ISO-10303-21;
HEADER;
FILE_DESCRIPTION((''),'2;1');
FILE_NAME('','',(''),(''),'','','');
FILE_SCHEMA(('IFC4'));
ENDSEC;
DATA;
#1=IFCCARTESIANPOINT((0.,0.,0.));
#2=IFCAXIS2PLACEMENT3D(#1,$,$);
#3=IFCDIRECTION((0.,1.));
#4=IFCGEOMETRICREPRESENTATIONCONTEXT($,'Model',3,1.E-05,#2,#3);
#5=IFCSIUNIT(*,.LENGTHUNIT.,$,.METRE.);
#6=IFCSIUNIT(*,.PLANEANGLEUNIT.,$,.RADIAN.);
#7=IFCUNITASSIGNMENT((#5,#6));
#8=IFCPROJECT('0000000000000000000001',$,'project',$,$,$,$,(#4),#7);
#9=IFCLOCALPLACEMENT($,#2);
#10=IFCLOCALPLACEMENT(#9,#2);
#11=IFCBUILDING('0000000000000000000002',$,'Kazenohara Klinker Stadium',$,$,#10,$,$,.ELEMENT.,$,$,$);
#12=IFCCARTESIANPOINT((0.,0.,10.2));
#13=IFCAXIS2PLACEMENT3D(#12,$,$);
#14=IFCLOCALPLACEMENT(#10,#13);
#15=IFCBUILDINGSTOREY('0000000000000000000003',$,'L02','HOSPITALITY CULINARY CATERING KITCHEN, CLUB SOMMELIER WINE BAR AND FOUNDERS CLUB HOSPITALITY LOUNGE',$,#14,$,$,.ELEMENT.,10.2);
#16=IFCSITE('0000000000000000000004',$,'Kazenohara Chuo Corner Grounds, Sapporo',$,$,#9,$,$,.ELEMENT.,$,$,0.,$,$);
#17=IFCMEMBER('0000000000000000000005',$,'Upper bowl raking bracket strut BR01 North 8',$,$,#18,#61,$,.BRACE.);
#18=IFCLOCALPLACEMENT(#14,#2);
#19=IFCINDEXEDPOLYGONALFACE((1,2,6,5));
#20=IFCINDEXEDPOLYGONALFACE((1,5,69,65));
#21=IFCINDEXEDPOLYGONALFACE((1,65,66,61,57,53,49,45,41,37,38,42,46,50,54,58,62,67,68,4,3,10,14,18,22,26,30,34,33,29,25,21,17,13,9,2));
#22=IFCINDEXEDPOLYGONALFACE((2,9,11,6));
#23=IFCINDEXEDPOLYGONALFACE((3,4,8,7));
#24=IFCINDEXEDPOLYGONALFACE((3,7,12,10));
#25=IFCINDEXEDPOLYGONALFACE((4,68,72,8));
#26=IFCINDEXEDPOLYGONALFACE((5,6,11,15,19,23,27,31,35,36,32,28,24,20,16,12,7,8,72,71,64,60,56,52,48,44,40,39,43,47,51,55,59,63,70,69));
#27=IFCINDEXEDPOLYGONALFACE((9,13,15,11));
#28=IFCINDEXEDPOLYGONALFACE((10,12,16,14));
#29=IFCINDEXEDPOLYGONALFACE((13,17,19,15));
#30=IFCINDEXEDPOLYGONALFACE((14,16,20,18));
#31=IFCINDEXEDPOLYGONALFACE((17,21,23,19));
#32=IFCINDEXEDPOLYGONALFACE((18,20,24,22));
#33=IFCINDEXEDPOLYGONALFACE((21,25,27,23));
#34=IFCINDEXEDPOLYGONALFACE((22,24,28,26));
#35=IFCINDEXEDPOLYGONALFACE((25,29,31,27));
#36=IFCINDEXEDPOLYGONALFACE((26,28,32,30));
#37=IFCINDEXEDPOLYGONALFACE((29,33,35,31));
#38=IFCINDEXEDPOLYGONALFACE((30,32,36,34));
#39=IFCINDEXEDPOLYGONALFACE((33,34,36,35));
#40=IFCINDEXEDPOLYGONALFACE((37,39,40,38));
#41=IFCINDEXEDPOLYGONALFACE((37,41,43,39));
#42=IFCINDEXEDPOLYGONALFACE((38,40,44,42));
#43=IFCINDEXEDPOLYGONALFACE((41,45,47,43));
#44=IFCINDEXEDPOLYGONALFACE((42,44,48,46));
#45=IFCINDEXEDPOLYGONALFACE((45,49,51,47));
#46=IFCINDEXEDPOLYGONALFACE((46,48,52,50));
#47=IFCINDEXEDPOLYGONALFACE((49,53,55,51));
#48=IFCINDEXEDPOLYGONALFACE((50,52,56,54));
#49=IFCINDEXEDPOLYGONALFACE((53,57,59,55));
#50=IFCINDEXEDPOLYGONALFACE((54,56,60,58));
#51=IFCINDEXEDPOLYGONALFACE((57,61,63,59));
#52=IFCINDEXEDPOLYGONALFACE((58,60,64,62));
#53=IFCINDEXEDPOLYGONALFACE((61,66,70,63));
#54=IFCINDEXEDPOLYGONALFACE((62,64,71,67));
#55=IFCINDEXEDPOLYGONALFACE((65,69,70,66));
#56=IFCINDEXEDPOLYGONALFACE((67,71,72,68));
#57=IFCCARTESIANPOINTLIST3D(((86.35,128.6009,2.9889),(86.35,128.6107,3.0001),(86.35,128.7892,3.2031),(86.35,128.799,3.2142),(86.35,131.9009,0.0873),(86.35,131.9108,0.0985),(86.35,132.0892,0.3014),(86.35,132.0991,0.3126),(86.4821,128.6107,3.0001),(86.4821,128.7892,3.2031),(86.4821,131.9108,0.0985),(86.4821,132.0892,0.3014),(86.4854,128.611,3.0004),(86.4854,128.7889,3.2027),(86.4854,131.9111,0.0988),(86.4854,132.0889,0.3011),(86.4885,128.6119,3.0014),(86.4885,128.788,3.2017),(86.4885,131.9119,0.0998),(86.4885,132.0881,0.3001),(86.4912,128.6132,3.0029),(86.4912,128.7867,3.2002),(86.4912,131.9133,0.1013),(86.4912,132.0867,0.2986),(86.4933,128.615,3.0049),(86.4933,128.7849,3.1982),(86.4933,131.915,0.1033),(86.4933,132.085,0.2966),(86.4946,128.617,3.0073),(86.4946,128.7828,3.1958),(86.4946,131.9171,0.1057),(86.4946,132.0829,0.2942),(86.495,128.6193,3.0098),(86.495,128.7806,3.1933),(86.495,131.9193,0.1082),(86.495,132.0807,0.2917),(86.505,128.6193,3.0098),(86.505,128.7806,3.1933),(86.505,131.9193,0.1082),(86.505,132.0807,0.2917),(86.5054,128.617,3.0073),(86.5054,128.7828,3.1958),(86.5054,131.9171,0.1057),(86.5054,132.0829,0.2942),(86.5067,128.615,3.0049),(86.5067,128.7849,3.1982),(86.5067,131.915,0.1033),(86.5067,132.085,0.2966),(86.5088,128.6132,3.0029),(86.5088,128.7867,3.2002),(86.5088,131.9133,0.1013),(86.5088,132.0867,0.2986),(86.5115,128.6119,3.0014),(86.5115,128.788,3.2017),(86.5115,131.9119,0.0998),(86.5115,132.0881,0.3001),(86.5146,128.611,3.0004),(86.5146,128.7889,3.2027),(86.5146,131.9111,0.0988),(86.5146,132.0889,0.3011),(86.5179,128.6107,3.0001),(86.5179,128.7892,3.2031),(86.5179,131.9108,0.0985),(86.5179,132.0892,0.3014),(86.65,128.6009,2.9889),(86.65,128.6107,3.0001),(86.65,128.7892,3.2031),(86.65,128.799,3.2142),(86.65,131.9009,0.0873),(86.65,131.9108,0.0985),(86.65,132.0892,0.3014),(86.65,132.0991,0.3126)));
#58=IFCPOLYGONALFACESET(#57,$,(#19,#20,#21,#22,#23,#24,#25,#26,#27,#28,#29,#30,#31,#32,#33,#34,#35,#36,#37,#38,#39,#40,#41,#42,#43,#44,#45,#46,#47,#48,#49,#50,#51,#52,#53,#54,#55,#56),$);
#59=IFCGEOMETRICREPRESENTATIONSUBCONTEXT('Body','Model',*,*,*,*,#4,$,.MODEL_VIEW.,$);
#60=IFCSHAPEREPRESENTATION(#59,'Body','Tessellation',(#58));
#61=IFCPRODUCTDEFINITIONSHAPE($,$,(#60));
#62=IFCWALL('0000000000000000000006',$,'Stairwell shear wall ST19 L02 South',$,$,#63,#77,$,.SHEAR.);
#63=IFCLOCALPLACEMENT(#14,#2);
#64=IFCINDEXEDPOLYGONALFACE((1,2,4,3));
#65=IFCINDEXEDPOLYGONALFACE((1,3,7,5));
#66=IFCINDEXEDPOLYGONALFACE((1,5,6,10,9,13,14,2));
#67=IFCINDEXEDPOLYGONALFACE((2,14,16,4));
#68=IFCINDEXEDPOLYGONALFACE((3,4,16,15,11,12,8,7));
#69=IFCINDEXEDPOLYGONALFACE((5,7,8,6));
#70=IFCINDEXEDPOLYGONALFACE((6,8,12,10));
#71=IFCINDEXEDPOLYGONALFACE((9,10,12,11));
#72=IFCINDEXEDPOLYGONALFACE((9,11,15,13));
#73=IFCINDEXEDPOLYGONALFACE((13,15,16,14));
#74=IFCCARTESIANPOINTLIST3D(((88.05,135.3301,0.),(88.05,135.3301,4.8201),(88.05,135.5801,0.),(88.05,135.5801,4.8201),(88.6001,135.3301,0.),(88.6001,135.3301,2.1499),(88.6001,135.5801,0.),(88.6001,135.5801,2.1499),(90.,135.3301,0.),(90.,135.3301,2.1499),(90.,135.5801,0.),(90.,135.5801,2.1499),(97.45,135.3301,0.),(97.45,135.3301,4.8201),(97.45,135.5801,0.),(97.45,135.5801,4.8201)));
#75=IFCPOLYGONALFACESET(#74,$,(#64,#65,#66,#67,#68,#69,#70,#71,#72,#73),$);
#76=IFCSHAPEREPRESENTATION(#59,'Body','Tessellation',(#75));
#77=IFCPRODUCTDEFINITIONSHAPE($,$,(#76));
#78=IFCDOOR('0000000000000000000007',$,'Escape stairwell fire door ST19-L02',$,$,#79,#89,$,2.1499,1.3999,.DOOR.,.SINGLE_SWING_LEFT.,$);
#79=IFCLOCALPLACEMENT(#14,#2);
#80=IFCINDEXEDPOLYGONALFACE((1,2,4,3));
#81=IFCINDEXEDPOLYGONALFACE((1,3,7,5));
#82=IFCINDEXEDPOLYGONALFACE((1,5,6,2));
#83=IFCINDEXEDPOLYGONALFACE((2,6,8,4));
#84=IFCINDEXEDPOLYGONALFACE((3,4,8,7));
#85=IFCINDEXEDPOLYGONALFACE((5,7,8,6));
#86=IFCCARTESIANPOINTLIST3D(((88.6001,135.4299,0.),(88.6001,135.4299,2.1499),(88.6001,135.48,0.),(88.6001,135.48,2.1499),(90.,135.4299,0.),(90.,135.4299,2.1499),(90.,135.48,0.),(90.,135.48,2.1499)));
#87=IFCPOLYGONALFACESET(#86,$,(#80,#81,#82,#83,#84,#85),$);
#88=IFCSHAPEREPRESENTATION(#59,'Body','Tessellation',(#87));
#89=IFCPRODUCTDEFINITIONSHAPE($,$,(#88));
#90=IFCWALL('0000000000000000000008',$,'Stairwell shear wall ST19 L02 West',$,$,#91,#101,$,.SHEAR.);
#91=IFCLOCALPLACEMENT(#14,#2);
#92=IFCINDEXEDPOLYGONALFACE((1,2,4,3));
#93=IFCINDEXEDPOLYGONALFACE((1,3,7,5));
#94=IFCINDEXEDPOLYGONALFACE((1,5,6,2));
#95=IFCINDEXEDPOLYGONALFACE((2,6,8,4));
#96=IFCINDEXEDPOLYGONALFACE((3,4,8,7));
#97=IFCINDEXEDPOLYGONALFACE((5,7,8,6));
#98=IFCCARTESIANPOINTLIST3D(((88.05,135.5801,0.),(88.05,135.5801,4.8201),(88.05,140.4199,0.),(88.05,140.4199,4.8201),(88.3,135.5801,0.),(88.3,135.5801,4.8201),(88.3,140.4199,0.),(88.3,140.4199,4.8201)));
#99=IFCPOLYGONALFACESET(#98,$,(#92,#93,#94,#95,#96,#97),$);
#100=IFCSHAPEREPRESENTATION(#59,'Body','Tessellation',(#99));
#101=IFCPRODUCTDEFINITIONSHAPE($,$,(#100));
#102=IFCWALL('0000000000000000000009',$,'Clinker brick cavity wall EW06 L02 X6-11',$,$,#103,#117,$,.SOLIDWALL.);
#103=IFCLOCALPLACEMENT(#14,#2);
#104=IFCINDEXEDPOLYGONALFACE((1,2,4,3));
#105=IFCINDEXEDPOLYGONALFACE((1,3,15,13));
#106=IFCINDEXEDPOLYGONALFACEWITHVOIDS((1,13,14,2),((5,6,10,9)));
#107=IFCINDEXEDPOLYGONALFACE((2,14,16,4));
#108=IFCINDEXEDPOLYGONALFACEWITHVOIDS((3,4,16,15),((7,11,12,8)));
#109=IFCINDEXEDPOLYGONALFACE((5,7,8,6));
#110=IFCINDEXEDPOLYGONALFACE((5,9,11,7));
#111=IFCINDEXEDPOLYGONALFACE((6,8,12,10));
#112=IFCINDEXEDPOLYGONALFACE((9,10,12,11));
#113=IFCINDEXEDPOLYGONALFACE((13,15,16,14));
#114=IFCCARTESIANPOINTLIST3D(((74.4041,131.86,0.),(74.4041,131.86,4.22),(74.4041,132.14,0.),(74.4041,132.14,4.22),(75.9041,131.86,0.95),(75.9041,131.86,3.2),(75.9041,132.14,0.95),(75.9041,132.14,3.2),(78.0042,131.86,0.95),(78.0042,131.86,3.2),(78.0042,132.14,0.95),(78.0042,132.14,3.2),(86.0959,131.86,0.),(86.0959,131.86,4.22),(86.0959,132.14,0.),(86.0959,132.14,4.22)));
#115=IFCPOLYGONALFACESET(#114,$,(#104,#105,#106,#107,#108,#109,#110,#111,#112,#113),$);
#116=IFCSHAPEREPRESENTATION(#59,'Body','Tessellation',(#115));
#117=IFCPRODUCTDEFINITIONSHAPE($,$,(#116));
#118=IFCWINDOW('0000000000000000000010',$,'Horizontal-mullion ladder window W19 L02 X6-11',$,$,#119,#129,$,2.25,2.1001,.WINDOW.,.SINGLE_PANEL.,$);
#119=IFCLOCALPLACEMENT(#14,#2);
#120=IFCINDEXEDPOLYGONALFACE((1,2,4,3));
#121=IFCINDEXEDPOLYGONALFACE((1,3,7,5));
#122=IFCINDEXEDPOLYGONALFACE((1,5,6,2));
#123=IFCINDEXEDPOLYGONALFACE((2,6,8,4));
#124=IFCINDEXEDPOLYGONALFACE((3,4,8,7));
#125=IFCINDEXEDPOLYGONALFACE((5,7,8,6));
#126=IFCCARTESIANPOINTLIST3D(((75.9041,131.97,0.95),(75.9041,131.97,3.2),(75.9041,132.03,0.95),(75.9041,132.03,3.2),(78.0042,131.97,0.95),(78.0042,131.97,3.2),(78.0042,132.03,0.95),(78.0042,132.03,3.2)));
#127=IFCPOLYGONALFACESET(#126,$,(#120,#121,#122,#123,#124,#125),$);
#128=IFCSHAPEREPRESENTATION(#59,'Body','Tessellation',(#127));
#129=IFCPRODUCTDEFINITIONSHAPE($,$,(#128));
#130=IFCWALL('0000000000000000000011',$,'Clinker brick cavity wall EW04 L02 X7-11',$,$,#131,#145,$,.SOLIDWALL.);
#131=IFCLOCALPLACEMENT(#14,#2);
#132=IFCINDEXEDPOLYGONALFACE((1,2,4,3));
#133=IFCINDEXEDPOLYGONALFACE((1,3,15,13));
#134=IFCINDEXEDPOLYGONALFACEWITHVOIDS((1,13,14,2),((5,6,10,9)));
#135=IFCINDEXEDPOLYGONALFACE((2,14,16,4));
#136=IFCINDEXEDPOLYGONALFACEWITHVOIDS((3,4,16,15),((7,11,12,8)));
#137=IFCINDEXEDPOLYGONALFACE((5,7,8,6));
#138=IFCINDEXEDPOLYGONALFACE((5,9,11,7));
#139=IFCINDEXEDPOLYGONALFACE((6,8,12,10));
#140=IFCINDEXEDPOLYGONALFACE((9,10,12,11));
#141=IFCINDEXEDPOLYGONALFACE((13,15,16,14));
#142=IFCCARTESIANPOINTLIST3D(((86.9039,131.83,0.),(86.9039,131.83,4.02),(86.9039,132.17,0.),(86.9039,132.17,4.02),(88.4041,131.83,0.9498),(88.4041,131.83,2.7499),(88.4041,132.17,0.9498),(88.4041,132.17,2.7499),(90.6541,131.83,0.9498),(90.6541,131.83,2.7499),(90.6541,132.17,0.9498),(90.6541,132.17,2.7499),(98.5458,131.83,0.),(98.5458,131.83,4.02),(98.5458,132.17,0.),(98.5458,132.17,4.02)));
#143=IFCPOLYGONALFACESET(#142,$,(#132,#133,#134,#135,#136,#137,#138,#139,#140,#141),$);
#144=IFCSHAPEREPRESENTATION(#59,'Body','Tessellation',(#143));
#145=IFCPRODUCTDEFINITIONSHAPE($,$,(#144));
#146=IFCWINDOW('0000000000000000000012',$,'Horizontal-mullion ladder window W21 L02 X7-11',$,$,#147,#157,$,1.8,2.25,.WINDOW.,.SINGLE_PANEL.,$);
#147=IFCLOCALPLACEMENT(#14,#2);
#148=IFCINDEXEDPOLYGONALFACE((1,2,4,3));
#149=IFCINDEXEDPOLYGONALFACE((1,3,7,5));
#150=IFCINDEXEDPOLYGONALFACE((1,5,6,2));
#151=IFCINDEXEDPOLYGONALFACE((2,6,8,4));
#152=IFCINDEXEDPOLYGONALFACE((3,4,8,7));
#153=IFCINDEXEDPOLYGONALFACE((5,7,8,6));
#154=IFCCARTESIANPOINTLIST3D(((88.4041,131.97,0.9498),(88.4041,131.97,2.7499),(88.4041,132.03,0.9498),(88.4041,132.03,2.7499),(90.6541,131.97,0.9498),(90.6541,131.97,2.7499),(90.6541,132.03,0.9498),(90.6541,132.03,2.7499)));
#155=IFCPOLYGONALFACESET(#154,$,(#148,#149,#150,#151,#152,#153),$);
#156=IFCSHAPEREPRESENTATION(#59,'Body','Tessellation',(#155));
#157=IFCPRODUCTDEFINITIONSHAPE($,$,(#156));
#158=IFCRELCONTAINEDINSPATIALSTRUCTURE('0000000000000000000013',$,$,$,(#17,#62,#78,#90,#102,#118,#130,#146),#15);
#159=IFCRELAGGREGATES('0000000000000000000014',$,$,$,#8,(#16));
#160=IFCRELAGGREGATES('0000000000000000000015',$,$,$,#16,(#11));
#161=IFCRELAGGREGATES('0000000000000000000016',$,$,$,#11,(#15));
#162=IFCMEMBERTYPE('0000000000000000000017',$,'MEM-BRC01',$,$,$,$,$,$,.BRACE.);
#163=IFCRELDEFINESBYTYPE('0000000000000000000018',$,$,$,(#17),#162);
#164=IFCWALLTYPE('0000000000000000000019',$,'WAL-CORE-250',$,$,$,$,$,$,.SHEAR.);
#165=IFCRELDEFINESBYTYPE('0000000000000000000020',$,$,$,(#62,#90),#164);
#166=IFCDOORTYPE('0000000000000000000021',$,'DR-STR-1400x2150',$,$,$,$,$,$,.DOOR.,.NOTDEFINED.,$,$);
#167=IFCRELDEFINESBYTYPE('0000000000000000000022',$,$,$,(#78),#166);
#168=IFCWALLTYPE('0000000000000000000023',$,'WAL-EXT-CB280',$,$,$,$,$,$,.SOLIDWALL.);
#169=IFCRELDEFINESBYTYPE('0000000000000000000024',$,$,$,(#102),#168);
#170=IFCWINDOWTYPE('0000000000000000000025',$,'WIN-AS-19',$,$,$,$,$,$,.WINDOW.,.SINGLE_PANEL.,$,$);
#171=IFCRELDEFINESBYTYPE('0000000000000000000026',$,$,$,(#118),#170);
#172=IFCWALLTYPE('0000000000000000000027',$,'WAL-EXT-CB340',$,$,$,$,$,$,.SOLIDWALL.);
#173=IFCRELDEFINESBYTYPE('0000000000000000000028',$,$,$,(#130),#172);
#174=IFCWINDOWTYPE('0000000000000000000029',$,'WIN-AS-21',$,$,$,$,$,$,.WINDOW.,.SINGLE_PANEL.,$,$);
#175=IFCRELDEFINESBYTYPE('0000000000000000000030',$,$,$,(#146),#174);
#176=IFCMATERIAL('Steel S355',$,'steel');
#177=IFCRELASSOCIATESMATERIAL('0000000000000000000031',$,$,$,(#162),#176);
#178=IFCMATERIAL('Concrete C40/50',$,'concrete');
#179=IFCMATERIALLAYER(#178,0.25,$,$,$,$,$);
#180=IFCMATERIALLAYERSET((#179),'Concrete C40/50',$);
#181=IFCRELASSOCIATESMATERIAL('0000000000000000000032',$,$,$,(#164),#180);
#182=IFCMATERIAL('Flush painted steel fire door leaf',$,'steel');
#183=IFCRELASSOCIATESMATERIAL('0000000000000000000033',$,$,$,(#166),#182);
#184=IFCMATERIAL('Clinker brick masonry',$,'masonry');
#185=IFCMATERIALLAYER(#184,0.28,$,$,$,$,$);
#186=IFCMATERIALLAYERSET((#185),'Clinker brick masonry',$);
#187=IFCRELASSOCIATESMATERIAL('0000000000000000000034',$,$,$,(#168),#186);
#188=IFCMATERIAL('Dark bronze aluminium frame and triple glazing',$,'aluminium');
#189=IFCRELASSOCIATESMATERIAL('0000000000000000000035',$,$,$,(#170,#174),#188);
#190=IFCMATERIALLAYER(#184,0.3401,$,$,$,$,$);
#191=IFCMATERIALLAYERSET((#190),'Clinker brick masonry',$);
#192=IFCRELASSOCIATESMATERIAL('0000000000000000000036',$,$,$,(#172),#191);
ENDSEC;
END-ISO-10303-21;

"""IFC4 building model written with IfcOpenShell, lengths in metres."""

from ifc_helpers import new_model, si_unit, direction, frame, frame_2d, origin, origin_2d, place, context, subcontext, project, spatial, rectangle, i_section, extrude, material, layer, layer_set, material_profile, profile_set, type_object, element, fill, save


model = new_model("IFC4")

# Units and contexts
model_context = context("Model", 3, precision=1e-05, world=origin(), true_north=direction((0.0, 1.0)))
body_context = subcontext(model_context, "Body", "Model", "MODEL_VIEW")
ifc_project = project(units=[si_unit("LENGTHUNIT", "METRE"), si_unit("PLANEANGLEUNIT", "RADIAN")], contexts=[model_context])

# Site, building, storey
site_placement = place(None, origin())
site = spatial("IfcSite", under=ifc_project, at=site_placement, Name="Kazenohara Chuo Corner Grounds, Sapporo", CompositionType="ELEMENT", RefElevation=0.0)
building_placement = place(site_placement, origin())
building = spatial("IfcBuilding", under=site, at=building_placement, Name="Kazenohara Klinker Stadium", CompositionType="ELEMENT")
storey_placement = place(building_placement, frame((0.0, 0.0, 10.2)))
storey = spatial("IfcBuildingStorey", under=building, at=storey_placement, Name="L02", Description="HOSPITALITY CULINARY CATERING KITCHEN, CLUB SOMMELIER WINE BAR AND FOUNDERS CLUB HOSPITALITY LOUNGE", CompositionType="ELEMENT", Elevation=10.2)

# Shared definitions
ifc_material_1 = material(Name="Concrete C40/50", Category="concrete")

# Shared definitions
ifc_material_2 = material(Name="Steel S355", Category="steel")

# Member
ifc_material_profile_1 = material_profile(ifc_material_2, i_section(OverallWidth=0.3, OverallDepth=0.3, WebThickness=0.01, FlangeThickness=0.0149, FilletRadius=0.0129, at=origin_2d()), Name="H-300x300x10x15")
ifc_profile_set_1 = profile_set([ifc_material_profile_1], Name="Steel S355")
member_type = type_object("IfcMemberType", Name="MEM-BRC01", PredefinedType="BRACE", material=ifc_profile_set_1)
for number, where, z_axis, x_axis, name in (
    (1, (86.5, 132.0, 0.2), (0.0, -0.750988, 0.660316), (1.0, 0.0, 0.0), "Upper bowl raking bracket strut BR01 North 8"),
):
    element("IfcMember", number, at=place(storey_placement, frame(where, z_axis=z_axis, x_axis=x_axis)), inside=storey, type_object=member_type, Name=name, PredefinedType="BRACE", context=body_context, shape_type="SweptSolid", body=[
        extrude(i_section(OverallWidth=0.3, OverallDepth=0.3, WebThickness=0.01, FlangeThickness=0.0149, FilletRadius=0.0129, at=origin_2d()), origin(), (0.0, 0.0, 1.0), 4.3943),
    ])

# Wall, opening, door
ifc_layer_1 = layer(ifc_material_1, 0.25)
ifc_layer_set_1 = layer_set([ifc_layer_1], Name="Concrete C40/50")
wall_type_1 = type_object("IfcWallType", Name="WAL-CORE-250", PredefinedType="SHEAR", material=ifc_layer_set_1)
wall_1_placement = place(storey_placement, frame((88.05, 135.4551, 0.0), z_axis=(0.0, 0.0, 1.0), x_axis=(1.0, 0.0, 0.0)))
wall_1 = element("IfcWall", 2, at=wall_1_placement, inside=storey, type_object=wall_type_1, Name="Stairwell shear wall ST19 L02 South", PredefinedType="SHEAR", context=body_context, shape_type="SweptSolid", body=[
    extrude(rectangle(XDim=9.3999, YDim=0.25, at=frame_2d((4.7, 0.0))), origin(), (0.0, 0.0, 1.0), 4.8201),
])
opening_1_placement = place(wall_1_placement, frame((0.55, 0.0, 0.0)))
opening_1 = element("IfcOpeningElement", 3, at=opening_1_placement, cuts=wall_1, PredefinedType="OPENING", context=body_context, shape_type="SweptSolid", body=[
    extrude(rectangle(XDim=1.3999, YDim=2.1499, at=frame_2d((0.7, 1.075))), frame((0.0, 0.135, 0.0), z_axis=(0.0, -1.0, 0.0), x_axis=(1.0, 0.0, 0.0)), (0.0, 0.0, 1.0), 0.27),
])
ifc_material_3 = material(Name="Flush painted steel fire door leaf", Category="steel")
door_type_1 = type_object("IfcDoorType", Name="DR-STR-1400x2150", OperationType="NOTDEFINED", PredefinedType="DOOR", material=ifc_material_3)
door_1_placement = place(opening_1_placement, origin())
door_1 = element("IfcDoor", 4, at=door_1_placement, inside=storey, type_object=door_type_1, Name="Escape stairwell fire door ST19-L02", OperationType="SINGLE_SWING_LEFT", OverallHeight=2.1499, OverallWidth=1.3999, PredefinedType="DOOR", context=body_context, shape_type="SweptSolid", body=[
    extrude(rectangle(XDim=1.3999, YDim=2.1499, at=frame_2d((0.7, 1.075))), frame((0.0, 0.0249, 0.0), z_axis=(0.0, -1.0, 0.0), x_axis=(1.0, 0.0, 0.0)), (0.0, 0.0, 1.0), 0.05),
])
fill(opening_1, door_1)

# Wall
wall_2_placement = place(storey_placement, frame((88.175, 135.5801, 0.0), z_axis=(0.0, 0.0, 1.0), x_axis=(0.0, 1.0, 0.0)))
element("IfcWall", 5, at=wall_2_placement, inside=storey, type_object=wall_type_1, Name="Stairwell shear wall ST19 L02 West", PredefinedType="SHEAR", context=body_context, shape_type="SweptSolid", body=[
    extrude(rectangle(XDim=4.8398, YDim=0.25, at=frame_2d((2.4199, 0.0))), origin(), (0.0, 0.0, 1.0), 4.8201),
])

# Walls, openings, windows
ifc_material_4 = material(Name="Clinker brick masonry", Category="masonry")
ifc_layer_2 = layer(ifc_material_4, 0.28)
ifc_layer_set_2 = layer_set([ifc_layer_2], Name="Clinker brick masonry")
wall_type_2 = type_object("IfcWallType", Name="WAL-EXT-CB280", PredefinedType="SOLIDWALL", material=ifc_layer_set_2)
wall_3_placement = place(storey_placement, frame((74.4041, 132.0, 0.0), z_axis=(0.0, 0.0, 1.0), x_axis=(1.0, 0.0, 0.0)))
wall_3 = element("IfcWall", 6, at=wall_3_placement, inside=storey, type_object=wall_type_2, Name="Clinker brick cavity wall EW06 L02 X6-11", PredefinedType="SOLIDWALL", context=body_context, shape_type="SweptSolid", body=[
    extrude(rectangle(XDim=11.6919, YDim=0.28, at=frame_2d((5.8459, 0.0))), origin(), (0.0, 0.0, 1.0), 4.22),
])
opening_2_placement = place(wall_3_placement, frame((1.5, 0.0, 0.95)))
opening_2 = element("IfcOpeningElement", 7, at=opening_2_placement, cuts=wall_3, PredefinedType="OPENING", context=body_context, shape_type="SweptSolid", body=[
    extrude(rectangle(XDim=2.1001, YDim=2.25, at=frame_2d((1.05, 1.125))), frame((0.0, 0.1499, 0.0), z_axis=(0.0, -1.0, 0.0), x_axis=(1.0, 0.0, 0.0)), (0.0, 0.0, 1.0), 0.3),
])
ifc_material_5 = material(Name="Dark bronze aluminium frame and triple glazing", Category="aluminium")
window_type_1 = type_object("IfcWindowType", Name="WIN-AS-19", PartitioningType="SINGLE_PANEL", PredefinedType="WINDOW", material=ifc_material_5)
window_1_placement = place(opening_2_placement, origin())
window_1 = element("IfcWindow", 8, at=window_1_placement, inside=storey, type_object=window_type_1, Name="Horizontal-mullion ladder window W19 L02 X6-11", OverallHeight=2.25, OverallWidth=2.1001, PartitioningType="SINGLE_PANEL", PredefinedType="WINDOW", context=body_context, shape_type="SweptSolid", body=[
    extrude(rectangle(XDim=2.1001, YDim=2.25, at=frame_2d((1.05, 1.125))), frame((0.0, 0.03, 0.0), z_axis=(0.0, -1.0, 0.0), x_axis=(1.0, 0.0, 0.0)), (0.0, 0.0, 1.0), 0.0601),
])
fill(opening_2, window_1)
ifc_layer_3 = layer(ifc_material_4, 0.3401)
ifc_layer_set_3 = layer_set([ifc_layer_3], Name="Clinker brick masonry")
wall_type_3 = type_object("IfcWallType", Name="WAL-EXT-CB340", PredefinedType="SOLIDWALL", material=ifc_layer_set_3)
wall_4_placement = place(storey_placement, frame((86.9041, 132.0, 0.0), z_axis=(0.0, 0.0, 1.0), x_axis=(1.0, 0.0, 0.0)))
wall_4 = element("IfcWall", 9, at=wall_4_placement, inside=storey, type_object=wall_type_3, Name="Clinker brick cavity wall EW04 L02 X7-11", PredefinedType="SOLIDWALL", context=body_context, shape_type="SweptSolid", body=[
    extrude(rectangle(XDim=11.6418, YDim=0.3401, at=frame_2d((5.8208, 0.0))), origin(), (0.0, 0.0, 1.0), 4.02),
])
opening_3_placement = place(wall_4_placement, frame((1.5, 0.0, 0.95)))
opening_3 = element("IfcOpeningElement", 10, at=opening_3_placement, cuts=wall_4, PredefinedType="OPENING", context=body_context, shape_type="SweptSolid", body=[
    extrude(rectangle(XDim=2.25, YDim=1.8, at=frame_2d((1.125, 0.8999))), frame((0.0, 0.1802, 0.0), z_axis=(0.0, -1.0, 0.0), x_axis=(1.0, 0.0, 0.0)), (0.0, 0.0, 1.0), 0.3601),
])
window_type_2 = type_object("IfcWindowType", Name="WIN-AS-21", PartitioningType="SINGLE_PANEL", PredefinedType="WINDOW", material=ifc_material_5)
window_2_placement = place(opening_3_placement, origin())
window_2 = element("IfcWindow", 11, at=window_2_placement, inside=storey, type_object=window_type_2, Name="Horizontal-mullion ladder window W21 L02 X7-11", OverallHeight=1.8, OverallWidth=2.25, PartitioningType="SINGLE_PANEL", PredefinedType="WINDOW", context=body_context, shape_type="SweptSolid", body=[
    extrude(rectangle(XDim=2.25, YDim=1.8, at=frame_2d((1.125, 0.8999))), frame((0.0, 0.03, 0.0), z_axis=(0.0, -1.0, 0.0), x_axis=(1.0, 0.0, 0.0)), (0.0, 0.0, 1.0), 0.0601),
])
fill(opening_3, window_2)

save(model, "model.ifc")
